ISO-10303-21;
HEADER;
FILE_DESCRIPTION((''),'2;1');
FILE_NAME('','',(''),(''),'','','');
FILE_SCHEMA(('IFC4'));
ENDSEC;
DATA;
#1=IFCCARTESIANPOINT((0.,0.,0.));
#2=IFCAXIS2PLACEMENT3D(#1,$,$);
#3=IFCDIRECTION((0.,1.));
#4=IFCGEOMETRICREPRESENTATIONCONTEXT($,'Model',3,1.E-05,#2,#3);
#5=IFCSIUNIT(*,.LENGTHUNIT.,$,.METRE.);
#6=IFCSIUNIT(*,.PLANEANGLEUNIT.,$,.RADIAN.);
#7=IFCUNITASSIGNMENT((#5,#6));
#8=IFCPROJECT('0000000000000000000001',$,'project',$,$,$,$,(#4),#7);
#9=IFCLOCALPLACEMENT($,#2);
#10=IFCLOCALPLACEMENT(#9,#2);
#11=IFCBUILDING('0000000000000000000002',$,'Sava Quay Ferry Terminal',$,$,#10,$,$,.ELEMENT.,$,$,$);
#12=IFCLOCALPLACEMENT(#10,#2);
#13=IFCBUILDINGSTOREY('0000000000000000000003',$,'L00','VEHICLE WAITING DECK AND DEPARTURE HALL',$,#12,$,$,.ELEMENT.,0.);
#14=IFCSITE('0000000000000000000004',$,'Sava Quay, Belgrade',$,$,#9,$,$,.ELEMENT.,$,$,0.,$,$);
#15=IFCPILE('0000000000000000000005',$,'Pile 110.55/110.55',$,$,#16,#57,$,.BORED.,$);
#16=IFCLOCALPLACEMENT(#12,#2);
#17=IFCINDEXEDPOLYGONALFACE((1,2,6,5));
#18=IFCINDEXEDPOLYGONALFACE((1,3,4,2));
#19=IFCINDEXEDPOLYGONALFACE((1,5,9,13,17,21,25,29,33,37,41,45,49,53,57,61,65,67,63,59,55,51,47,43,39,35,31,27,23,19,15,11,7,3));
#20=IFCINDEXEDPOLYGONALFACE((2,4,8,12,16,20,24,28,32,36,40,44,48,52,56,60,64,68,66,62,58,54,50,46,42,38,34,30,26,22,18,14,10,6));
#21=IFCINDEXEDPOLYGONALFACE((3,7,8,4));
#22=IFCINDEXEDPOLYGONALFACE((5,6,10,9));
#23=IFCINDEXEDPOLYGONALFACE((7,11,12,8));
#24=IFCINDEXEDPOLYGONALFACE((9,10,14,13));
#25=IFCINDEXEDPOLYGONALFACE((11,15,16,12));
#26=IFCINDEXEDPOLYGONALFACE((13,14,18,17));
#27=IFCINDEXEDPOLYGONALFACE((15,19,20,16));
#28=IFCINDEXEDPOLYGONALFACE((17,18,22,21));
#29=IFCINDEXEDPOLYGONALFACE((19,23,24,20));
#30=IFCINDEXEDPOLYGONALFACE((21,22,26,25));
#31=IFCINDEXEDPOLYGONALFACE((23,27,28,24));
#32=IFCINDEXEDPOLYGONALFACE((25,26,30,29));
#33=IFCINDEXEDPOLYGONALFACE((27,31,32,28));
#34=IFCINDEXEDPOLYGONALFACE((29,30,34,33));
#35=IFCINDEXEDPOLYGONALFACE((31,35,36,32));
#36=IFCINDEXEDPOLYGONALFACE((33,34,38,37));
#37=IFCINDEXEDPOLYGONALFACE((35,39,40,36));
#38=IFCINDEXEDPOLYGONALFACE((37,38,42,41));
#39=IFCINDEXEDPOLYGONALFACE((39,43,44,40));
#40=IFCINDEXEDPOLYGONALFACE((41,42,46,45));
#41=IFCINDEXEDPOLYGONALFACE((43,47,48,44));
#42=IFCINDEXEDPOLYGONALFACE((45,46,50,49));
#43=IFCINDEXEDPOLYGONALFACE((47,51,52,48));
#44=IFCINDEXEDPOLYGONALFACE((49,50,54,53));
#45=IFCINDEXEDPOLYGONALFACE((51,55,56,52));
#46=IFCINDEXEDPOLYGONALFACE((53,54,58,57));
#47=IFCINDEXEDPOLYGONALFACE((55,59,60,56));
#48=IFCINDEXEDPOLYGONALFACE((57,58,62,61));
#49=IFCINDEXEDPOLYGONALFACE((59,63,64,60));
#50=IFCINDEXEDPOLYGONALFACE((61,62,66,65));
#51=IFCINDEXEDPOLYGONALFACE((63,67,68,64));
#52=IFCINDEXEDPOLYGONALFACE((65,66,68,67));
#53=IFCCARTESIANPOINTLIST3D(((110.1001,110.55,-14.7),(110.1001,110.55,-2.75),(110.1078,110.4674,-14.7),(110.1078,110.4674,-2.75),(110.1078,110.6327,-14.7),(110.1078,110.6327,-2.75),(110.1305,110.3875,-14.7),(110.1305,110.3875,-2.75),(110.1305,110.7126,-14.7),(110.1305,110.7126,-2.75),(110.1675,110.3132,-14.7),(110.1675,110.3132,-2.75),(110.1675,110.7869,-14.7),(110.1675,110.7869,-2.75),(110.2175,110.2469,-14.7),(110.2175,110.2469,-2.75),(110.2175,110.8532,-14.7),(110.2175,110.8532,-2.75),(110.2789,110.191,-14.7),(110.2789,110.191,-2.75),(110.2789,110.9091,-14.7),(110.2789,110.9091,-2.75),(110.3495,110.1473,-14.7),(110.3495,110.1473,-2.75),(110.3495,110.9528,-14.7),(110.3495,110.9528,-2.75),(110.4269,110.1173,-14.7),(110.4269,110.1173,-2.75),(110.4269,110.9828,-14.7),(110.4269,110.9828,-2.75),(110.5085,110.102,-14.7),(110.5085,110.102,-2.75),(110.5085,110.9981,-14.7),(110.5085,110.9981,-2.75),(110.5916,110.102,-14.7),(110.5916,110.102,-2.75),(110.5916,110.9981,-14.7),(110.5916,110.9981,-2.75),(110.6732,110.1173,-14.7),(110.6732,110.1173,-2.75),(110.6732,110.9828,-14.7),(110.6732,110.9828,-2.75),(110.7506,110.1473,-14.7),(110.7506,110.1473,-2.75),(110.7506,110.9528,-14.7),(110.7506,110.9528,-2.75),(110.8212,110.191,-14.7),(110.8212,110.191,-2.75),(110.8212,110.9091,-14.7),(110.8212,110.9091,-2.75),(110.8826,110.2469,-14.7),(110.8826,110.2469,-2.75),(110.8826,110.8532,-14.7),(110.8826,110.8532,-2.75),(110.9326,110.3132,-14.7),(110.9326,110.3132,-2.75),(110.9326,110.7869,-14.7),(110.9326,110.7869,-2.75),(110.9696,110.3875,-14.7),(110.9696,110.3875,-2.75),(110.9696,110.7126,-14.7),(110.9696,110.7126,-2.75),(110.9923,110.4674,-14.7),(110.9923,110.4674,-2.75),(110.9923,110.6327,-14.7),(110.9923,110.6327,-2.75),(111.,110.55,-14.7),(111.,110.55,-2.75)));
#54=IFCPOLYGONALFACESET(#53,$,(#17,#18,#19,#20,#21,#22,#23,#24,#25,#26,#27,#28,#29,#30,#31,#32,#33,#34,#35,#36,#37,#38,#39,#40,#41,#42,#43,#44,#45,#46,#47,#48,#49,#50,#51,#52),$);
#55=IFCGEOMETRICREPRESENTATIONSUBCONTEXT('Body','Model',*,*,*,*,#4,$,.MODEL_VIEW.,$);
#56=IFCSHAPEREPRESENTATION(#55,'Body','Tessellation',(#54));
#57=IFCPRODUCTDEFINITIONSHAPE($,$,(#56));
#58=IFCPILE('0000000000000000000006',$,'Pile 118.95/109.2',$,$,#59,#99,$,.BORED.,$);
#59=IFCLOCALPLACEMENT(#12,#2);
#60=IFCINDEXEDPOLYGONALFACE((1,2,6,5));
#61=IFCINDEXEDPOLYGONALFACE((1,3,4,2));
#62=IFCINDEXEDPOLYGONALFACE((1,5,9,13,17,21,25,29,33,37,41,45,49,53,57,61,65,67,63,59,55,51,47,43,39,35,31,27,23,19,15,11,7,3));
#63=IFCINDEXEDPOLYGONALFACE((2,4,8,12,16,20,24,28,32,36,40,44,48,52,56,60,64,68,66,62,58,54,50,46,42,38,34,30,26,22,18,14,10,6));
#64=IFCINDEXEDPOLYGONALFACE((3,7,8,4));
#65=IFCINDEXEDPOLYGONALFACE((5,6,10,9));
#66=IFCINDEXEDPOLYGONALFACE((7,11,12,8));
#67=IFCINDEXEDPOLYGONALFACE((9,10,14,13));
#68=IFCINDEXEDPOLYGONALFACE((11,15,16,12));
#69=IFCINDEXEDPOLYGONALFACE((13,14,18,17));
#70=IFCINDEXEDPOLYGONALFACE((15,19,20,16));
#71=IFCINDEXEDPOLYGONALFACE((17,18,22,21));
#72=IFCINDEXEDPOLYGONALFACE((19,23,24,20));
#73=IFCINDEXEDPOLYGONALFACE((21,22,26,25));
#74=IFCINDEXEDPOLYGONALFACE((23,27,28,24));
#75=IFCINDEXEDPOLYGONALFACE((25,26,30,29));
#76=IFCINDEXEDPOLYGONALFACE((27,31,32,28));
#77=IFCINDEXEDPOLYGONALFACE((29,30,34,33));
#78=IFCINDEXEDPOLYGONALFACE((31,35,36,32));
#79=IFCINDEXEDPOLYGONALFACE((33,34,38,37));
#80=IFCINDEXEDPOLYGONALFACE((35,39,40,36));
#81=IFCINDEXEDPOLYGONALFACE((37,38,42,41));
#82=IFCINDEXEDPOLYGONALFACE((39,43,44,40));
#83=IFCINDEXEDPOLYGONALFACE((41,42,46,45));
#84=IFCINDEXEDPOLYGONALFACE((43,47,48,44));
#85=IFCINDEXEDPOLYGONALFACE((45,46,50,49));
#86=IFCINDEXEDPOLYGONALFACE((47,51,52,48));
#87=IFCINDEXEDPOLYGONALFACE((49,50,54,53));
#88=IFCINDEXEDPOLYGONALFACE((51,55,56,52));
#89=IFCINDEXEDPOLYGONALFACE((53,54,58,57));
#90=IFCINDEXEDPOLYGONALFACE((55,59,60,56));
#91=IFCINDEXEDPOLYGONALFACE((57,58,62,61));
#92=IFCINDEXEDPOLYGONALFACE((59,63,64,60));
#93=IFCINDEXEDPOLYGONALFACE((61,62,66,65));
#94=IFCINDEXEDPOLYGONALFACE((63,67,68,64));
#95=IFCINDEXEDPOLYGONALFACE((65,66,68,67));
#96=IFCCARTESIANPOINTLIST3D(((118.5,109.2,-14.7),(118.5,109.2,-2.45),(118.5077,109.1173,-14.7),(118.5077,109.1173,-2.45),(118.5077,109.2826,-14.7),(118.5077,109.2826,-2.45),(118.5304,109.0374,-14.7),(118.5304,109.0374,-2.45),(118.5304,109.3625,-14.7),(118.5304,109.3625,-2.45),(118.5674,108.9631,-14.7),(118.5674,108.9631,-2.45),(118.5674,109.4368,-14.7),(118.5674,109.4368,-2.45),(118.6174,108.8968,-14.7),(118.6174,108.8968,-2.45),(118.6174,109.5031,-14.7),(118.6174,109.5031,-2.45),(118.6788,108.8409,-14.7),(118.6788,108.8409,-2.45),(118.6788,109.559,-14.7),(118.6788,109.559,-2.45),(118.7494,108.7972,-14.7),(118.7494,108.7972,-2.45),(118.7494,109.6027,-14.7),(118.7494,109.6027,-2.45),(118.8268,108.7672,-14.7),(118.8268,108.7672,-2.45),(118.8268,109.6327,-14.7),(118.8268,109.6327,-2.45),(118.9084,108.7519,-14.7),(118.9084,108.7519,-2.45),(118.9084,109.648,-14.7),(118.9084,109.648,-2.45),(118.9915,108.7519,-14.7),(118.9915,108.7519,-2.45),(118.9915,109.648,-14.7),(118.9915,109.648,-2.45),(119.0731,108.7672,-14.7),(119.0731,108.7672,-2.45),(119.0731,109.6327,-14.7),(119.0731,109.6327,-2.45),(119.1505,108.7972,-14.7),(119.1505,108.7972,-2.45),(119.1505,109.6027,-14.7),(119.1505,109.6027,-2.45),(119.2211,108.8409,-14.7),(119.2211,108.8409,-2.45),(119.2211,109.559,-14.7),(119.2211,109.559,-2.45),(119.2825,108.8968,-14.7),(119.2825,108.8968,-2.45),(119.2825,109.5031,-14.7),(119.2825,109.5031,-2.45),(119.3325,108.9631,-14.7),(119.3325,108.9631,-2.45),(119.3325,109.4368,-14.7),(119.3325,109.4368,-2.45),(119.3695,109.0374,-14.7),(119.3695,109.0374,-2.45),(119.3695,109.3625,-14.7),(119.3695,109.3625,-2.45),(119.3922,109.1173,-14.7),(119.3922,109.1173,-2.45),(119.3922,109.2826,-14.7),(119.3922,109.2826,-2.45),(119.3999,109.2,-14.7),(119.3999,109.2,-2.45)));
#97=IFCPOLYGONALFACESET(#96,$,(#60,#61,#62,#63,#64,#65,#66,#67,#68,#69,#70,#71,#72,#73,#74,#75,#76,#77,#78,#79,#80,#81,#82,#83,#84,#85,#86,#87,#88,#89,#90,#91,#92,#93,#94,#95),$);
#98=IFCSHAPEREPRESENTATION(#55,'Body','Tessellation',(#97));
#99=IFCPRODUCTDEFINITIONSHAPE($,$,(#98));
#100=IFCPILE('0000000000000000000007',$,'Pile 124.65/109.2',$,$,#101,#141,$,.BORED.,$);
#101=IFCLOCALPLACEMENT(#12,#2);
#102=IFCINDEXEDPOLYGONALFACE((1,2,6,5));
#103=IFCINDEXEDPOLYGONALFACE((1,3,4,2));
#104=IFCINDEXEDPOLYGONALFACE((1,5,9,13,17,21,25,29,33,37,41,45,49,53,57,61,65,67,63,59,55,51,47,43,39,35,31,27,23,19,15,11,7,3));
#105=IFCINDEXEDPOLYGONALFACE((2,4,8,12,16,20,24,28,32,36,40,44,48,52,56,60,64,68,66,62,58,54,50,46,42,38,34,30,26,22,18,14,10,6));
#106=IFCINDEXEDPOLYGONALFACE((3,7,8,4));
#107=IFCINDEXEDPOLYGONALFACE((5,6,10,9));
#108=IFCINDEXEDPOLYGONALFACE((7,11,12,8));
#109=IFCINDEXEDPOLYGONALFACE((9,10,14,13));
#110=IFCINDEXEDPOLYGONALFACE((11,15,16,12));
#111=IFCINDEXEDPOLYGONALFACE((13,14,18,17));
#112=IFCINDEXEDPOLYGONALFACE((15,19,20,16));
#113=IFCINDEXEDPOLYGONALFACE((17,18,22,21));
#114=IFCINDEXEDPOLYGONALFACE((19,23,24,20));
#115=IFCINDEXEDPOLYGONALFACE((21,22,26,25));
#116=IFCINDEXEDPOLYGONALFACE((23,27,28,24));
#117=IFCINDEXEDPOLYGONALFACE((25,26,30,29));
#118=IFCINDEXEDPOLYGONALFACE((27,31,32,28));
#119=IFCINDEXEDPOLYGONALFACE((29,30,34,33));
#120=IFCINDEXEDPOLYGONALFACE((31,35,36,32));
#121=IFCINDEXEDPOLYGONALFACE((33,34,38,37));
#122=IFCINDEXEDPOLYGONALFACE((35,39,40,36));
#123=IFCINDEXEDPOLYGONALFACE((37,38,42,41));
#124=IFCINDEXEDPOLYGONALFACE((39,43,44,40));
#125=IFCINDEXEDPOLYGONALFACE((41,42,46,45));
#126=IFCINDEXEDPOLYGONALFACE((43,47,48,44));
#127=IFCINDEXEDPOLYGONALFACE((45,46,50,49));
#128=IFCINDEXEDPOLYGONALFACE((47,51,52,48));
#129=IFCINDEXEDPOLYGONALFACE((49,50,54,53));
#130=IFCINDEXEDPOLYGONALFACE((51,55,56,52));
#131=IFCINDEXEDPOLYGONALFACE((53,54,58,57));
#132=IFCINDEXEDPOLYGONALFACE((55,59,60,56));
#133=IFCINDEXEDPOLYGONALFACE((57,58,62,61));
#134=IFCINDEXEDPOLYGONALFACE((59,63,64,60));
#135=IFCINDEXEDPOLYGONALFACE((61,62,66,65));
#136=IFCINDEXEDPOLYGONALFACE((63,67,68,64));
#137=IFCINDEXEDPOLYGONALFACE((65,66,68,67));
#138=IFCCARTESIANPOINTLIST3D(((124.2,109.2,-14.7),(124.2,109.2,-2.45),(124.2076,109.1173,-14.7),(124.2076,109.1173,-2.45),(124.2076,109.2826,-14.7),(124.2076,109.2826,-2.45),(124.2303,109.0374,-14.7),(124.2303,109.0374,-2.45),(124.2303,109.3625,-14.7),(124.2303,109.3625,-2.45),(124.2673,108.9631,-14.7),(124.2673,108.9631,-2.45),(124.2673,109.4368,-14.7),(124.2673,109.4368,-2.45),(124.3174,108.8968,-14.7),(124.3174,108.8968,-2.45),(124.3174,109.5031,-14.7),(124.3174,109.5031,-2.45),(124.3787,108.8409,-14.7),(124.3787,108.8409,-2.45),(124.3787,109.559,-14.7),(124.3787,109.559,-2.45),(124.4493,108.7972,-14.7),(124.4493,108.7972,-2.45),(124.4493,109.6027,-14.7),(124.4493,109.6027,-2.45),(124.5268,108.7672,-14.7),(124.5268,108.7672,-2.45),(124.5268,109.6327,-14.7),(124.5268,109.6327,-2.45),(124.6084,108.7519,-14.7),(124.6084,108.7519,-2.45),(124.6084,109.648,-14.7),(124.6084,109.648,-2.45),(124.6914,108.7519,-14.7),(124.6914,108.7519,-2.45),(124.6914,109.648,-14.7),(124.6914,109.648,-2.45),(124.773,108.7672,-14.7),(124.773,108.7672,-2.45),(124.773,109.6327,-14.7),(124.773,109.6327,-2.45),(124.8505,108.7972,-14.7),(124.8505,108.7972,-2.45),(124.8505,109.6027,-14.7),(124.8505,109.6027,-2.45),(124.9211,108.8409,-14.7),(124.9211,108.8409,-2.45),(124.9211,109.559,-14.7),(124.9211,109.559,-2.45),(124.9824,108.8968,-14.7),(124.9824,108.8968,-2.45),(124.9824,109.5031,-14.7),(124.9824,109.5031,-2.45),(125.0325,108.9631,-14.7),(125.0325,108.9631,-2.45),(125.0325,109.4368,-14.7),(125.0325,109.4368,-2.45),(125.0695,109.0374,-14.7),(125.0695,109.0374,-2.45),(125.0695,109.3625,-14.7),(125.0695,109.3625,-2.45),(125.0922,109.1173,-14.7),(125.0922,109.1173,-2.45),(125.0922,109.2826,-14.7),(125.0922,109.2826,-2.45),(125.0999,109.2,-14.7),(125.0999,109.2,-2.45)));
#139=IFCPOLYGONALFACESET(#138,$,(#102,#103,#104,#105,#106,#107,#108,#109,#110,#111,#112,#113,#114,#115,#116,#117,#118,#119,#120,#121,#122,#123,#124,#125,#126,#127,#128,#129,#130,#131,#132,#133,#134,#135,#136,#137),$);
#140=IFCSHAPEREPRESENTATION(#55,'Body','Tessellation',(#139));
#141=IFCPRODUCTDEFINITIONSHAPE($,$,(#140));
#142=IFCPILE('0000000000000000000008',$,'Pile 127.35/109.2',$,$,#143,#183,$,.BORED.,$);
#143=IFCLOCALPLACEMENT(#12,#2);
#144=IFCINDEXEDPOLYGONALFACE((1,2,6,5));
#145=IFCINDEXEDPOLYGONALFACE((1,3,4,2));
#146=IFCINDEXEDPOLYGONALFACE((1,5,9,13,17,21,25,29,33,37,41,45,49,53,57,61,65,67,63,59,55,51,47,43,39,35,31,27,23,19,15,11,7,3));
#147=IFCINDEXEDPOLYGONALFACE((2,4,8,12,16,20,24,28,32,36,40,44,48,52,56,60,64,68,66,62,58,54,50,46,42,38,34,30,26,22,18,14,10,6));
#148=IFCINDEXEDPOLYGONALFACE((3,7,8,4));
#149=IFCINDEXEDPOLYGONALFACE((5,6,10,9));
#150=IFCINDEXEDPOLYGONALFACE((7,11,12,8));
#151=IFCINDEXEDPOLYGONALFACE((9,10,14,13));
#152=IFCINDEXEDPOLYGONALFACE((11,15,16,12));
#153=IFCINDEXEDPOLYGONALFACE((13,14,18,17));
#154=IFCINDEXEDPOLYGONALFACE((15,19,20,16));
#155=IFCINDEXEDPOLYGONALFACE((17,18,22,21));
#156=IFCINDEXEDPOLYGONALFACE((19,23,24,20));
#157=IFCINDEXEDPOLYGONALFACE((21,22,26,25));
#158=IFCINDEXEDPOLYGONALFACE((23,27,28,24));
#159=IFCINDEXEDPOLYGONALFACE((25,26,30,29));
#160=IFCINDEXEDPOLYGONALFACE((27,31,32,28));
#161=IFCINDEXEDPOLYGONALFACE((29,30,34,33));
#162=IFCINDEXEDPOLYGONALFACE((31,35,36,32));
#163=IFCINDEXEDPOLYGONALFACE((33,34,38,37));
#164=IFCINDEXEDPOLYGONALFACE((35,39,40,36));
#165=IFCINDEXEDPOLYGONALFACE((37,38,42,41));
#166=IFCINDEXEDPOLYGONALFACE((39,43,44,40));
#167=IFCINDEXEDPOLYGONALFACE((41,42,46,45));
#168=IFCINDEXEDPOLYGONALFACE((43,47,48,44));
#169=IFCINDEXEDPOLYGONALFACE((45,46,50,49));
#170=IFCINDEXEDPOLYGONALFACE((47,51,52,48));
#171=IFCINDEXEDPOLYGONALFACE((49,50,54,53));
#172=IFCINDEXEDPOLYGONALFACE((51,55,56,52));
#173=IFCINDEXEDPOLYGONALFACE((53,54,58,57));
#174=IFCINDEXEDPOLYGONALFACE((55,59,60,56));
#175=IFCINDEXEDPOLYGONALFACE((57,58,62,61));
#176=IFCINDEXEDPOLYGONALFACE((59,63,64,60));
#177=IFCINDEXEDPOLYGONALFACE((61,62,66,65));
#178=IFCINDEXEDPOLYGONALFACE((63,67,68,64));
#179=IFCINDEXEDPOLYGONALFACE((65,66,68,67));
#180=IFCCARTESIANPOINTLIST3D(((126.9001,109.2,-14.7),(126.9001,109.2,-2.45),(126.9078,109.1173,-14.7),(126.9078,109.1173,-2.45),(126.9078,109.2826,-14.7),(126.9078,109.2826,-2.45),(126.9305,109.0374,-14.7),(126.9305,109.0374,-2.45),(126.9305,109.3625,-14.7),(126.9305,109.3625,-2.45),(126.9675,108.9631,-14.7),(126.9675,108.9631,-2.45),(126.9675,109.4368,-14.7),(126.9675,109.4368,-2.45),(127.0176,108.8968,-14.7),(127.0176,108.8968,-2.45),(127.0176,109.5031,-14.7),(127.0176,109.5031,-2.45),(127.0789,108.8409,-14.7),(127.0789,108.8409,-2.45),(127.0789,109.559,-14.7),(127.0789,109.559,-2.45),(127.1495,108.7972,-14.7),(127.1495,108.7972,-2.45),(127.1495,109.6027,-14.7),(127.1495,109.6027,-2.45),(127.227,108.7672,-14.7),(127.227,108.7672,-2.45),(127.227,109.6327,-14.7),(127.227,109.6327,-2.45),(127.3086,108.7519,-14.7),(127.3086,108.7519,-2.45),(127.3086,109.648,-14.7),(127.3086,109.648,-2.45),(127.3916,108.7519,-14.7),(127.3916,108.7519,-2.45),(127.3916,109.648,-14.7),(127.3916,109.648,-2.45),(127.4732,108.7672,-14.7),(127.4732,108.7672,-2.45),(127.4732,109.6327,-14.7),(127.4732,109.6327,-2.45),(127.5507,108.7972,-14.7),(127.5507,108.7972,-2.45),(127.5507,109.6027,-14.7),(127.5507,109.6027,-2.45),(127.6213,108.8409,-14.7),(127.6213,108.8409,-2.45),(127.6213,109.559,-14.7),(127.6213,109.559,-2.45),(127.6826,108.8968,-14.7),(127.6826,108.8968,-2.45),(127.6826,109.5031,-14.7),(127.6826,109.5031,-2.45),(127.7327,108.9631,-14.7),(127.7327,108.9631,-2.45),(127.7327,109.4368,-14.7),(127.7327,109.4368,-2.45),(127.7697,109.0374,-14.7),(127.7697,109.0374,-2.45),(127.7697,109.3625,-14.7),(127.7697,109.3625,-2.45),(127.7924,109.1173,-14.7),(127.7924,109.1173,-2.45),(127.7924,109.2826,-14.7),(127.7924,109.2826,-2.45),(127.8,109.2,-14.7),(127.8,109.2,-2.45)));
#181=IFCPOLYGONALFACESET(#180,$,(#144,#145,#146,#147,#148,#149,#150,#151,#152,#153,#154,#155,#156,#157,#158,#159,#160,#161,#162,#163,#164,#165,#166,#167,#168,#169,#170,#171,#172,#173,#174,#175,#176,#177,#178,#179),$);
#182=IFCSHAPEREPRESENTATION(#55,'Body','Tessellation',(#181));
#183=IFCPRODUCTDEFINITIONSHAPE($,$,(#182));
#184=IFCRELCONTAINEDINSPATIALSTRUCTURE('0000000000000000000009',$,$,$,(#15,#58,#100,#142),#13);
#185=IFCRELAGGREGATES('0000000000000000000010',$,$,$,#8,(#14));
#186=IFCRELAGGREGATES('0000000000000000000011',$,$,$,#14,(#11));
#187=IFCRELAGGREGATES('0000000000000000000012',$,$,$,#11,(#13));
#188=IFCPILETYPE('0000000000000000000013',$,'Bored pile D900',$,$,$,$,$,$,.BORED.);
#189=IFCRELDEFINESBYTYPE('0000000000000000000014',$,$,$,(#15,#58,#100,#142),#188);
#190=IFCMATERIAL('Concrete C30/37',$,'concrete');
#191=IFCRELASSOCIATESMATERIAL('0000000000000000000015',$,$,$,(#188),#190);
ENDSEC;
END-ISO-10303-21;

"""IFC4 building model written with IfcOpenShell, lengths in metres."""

from ifc_helpers import new_model, si_unit, direction, frame, origin, origin_2d, place, context, subcontext, project, spatial, circle, extrude, material, material_profile, profile_set, type_object, element, save


model = new_model("IFC4")

# Units and contexts
model_context = context("Model", 3, precision=1e-05, world=origin(), true_north=direction((0.0, 1.0)))
body_context = subcontext(model_context, "Body", "Model", "MODEL_VIEW")
ifc_project = project(units=[si_unit("LENGTHUNIT", "METRE"), si_unit("PLANEANGLEUNIT", "RADIAN")], contexts=[model_context])

# Site, building, storey
site_placement = place(None, origin())
site = spatial("IfcSite", under=ifc_project, at=site_placement, Name="Sava Quay, Belgrade", CompositionType="ELEMENT", RefElevation=0.0)
building_placement = place(site_placement, origin())
building = spatial("IfcBuilding", under=site, at=building_placement, Name="Sava Quay Ferry Terminal", CompositionType="ELEMENT")
storey_placement = place(building_placement, origin())
storey = spatial("IfcBuildingStorey", under=building, at=storey_placement, Name="L00", Description="VEHICLE WAITING DECK AND DEPARTURE HALL", CompositionType="ELEMENT", Elevation=0.0)

# Piles
ifc_material_1 = material(Name="Concrete C30/37", Category="concrete")
ifc_material_profile_1 = material_profile(ifc_material_1, circle(Radius=0.45, at=origin_2d()), Name="Bored pile D900")
ifc_profile_set_1 = profile_set([ifc_material_profile_1], Name="Concrete C30/37")
pile_type_1 = type_object("IfcPileType", Name="Bored pile D900", PredefinedType="BORED", material=ifc_profile_set_1)
pile_placement = place(storey_placement, frame((110.55, 110.55, -2.75), z_axis=(0.0, 0.0, -1.0), x_axis=(1.0, 0.0, 0.0)))
element("IfcPile", 1, at=pile_placement, inside=storey, type_object=pile_type_1, Name="Pile 110.55/110.55", PredefinedType="BORED", context=body_context, shape_type="SweptSolid", body=[
    extrude(circle(Radius=0.45, at=origin_2d()), origin(), (0.0, 0.0, 1.0), 11.95),
])
for number, where, z_axis, x_axis, name in (
    (2, (118.95, 109.2, -2.45), (0.0, 0.0, -1.0), (1.0, 0.0, 0.0), "Pile 118.95/109.2"),
    (3, (124.6499, 109.2, -2.45), (0.0, 0.0, -1.0), (1.0, 0.0, 0.0), "Pile 124.65/109.2"),
    (4, (127.3501, 109.2, -2.45), (0.0, 0.0, -1.0), (1.0, 0.0, 0.0), "Pile 127.35/109.2"),
):
    element("IfcPile", number, at=place(storey_placement, frame(where, z_axis=z_axis, x_axis=x_axis)), inside=storey, type_object=pile_type_1, Name=name, PredefinedType="BORED", context=body_context, shape_type="SweptSolid", body=[
        extrude(circle(Radius=0.45, at=origin_2d()), origin(), (0.0, 0.0, 1.0), 12.25),
    ])

save(model, "model.ifc")
